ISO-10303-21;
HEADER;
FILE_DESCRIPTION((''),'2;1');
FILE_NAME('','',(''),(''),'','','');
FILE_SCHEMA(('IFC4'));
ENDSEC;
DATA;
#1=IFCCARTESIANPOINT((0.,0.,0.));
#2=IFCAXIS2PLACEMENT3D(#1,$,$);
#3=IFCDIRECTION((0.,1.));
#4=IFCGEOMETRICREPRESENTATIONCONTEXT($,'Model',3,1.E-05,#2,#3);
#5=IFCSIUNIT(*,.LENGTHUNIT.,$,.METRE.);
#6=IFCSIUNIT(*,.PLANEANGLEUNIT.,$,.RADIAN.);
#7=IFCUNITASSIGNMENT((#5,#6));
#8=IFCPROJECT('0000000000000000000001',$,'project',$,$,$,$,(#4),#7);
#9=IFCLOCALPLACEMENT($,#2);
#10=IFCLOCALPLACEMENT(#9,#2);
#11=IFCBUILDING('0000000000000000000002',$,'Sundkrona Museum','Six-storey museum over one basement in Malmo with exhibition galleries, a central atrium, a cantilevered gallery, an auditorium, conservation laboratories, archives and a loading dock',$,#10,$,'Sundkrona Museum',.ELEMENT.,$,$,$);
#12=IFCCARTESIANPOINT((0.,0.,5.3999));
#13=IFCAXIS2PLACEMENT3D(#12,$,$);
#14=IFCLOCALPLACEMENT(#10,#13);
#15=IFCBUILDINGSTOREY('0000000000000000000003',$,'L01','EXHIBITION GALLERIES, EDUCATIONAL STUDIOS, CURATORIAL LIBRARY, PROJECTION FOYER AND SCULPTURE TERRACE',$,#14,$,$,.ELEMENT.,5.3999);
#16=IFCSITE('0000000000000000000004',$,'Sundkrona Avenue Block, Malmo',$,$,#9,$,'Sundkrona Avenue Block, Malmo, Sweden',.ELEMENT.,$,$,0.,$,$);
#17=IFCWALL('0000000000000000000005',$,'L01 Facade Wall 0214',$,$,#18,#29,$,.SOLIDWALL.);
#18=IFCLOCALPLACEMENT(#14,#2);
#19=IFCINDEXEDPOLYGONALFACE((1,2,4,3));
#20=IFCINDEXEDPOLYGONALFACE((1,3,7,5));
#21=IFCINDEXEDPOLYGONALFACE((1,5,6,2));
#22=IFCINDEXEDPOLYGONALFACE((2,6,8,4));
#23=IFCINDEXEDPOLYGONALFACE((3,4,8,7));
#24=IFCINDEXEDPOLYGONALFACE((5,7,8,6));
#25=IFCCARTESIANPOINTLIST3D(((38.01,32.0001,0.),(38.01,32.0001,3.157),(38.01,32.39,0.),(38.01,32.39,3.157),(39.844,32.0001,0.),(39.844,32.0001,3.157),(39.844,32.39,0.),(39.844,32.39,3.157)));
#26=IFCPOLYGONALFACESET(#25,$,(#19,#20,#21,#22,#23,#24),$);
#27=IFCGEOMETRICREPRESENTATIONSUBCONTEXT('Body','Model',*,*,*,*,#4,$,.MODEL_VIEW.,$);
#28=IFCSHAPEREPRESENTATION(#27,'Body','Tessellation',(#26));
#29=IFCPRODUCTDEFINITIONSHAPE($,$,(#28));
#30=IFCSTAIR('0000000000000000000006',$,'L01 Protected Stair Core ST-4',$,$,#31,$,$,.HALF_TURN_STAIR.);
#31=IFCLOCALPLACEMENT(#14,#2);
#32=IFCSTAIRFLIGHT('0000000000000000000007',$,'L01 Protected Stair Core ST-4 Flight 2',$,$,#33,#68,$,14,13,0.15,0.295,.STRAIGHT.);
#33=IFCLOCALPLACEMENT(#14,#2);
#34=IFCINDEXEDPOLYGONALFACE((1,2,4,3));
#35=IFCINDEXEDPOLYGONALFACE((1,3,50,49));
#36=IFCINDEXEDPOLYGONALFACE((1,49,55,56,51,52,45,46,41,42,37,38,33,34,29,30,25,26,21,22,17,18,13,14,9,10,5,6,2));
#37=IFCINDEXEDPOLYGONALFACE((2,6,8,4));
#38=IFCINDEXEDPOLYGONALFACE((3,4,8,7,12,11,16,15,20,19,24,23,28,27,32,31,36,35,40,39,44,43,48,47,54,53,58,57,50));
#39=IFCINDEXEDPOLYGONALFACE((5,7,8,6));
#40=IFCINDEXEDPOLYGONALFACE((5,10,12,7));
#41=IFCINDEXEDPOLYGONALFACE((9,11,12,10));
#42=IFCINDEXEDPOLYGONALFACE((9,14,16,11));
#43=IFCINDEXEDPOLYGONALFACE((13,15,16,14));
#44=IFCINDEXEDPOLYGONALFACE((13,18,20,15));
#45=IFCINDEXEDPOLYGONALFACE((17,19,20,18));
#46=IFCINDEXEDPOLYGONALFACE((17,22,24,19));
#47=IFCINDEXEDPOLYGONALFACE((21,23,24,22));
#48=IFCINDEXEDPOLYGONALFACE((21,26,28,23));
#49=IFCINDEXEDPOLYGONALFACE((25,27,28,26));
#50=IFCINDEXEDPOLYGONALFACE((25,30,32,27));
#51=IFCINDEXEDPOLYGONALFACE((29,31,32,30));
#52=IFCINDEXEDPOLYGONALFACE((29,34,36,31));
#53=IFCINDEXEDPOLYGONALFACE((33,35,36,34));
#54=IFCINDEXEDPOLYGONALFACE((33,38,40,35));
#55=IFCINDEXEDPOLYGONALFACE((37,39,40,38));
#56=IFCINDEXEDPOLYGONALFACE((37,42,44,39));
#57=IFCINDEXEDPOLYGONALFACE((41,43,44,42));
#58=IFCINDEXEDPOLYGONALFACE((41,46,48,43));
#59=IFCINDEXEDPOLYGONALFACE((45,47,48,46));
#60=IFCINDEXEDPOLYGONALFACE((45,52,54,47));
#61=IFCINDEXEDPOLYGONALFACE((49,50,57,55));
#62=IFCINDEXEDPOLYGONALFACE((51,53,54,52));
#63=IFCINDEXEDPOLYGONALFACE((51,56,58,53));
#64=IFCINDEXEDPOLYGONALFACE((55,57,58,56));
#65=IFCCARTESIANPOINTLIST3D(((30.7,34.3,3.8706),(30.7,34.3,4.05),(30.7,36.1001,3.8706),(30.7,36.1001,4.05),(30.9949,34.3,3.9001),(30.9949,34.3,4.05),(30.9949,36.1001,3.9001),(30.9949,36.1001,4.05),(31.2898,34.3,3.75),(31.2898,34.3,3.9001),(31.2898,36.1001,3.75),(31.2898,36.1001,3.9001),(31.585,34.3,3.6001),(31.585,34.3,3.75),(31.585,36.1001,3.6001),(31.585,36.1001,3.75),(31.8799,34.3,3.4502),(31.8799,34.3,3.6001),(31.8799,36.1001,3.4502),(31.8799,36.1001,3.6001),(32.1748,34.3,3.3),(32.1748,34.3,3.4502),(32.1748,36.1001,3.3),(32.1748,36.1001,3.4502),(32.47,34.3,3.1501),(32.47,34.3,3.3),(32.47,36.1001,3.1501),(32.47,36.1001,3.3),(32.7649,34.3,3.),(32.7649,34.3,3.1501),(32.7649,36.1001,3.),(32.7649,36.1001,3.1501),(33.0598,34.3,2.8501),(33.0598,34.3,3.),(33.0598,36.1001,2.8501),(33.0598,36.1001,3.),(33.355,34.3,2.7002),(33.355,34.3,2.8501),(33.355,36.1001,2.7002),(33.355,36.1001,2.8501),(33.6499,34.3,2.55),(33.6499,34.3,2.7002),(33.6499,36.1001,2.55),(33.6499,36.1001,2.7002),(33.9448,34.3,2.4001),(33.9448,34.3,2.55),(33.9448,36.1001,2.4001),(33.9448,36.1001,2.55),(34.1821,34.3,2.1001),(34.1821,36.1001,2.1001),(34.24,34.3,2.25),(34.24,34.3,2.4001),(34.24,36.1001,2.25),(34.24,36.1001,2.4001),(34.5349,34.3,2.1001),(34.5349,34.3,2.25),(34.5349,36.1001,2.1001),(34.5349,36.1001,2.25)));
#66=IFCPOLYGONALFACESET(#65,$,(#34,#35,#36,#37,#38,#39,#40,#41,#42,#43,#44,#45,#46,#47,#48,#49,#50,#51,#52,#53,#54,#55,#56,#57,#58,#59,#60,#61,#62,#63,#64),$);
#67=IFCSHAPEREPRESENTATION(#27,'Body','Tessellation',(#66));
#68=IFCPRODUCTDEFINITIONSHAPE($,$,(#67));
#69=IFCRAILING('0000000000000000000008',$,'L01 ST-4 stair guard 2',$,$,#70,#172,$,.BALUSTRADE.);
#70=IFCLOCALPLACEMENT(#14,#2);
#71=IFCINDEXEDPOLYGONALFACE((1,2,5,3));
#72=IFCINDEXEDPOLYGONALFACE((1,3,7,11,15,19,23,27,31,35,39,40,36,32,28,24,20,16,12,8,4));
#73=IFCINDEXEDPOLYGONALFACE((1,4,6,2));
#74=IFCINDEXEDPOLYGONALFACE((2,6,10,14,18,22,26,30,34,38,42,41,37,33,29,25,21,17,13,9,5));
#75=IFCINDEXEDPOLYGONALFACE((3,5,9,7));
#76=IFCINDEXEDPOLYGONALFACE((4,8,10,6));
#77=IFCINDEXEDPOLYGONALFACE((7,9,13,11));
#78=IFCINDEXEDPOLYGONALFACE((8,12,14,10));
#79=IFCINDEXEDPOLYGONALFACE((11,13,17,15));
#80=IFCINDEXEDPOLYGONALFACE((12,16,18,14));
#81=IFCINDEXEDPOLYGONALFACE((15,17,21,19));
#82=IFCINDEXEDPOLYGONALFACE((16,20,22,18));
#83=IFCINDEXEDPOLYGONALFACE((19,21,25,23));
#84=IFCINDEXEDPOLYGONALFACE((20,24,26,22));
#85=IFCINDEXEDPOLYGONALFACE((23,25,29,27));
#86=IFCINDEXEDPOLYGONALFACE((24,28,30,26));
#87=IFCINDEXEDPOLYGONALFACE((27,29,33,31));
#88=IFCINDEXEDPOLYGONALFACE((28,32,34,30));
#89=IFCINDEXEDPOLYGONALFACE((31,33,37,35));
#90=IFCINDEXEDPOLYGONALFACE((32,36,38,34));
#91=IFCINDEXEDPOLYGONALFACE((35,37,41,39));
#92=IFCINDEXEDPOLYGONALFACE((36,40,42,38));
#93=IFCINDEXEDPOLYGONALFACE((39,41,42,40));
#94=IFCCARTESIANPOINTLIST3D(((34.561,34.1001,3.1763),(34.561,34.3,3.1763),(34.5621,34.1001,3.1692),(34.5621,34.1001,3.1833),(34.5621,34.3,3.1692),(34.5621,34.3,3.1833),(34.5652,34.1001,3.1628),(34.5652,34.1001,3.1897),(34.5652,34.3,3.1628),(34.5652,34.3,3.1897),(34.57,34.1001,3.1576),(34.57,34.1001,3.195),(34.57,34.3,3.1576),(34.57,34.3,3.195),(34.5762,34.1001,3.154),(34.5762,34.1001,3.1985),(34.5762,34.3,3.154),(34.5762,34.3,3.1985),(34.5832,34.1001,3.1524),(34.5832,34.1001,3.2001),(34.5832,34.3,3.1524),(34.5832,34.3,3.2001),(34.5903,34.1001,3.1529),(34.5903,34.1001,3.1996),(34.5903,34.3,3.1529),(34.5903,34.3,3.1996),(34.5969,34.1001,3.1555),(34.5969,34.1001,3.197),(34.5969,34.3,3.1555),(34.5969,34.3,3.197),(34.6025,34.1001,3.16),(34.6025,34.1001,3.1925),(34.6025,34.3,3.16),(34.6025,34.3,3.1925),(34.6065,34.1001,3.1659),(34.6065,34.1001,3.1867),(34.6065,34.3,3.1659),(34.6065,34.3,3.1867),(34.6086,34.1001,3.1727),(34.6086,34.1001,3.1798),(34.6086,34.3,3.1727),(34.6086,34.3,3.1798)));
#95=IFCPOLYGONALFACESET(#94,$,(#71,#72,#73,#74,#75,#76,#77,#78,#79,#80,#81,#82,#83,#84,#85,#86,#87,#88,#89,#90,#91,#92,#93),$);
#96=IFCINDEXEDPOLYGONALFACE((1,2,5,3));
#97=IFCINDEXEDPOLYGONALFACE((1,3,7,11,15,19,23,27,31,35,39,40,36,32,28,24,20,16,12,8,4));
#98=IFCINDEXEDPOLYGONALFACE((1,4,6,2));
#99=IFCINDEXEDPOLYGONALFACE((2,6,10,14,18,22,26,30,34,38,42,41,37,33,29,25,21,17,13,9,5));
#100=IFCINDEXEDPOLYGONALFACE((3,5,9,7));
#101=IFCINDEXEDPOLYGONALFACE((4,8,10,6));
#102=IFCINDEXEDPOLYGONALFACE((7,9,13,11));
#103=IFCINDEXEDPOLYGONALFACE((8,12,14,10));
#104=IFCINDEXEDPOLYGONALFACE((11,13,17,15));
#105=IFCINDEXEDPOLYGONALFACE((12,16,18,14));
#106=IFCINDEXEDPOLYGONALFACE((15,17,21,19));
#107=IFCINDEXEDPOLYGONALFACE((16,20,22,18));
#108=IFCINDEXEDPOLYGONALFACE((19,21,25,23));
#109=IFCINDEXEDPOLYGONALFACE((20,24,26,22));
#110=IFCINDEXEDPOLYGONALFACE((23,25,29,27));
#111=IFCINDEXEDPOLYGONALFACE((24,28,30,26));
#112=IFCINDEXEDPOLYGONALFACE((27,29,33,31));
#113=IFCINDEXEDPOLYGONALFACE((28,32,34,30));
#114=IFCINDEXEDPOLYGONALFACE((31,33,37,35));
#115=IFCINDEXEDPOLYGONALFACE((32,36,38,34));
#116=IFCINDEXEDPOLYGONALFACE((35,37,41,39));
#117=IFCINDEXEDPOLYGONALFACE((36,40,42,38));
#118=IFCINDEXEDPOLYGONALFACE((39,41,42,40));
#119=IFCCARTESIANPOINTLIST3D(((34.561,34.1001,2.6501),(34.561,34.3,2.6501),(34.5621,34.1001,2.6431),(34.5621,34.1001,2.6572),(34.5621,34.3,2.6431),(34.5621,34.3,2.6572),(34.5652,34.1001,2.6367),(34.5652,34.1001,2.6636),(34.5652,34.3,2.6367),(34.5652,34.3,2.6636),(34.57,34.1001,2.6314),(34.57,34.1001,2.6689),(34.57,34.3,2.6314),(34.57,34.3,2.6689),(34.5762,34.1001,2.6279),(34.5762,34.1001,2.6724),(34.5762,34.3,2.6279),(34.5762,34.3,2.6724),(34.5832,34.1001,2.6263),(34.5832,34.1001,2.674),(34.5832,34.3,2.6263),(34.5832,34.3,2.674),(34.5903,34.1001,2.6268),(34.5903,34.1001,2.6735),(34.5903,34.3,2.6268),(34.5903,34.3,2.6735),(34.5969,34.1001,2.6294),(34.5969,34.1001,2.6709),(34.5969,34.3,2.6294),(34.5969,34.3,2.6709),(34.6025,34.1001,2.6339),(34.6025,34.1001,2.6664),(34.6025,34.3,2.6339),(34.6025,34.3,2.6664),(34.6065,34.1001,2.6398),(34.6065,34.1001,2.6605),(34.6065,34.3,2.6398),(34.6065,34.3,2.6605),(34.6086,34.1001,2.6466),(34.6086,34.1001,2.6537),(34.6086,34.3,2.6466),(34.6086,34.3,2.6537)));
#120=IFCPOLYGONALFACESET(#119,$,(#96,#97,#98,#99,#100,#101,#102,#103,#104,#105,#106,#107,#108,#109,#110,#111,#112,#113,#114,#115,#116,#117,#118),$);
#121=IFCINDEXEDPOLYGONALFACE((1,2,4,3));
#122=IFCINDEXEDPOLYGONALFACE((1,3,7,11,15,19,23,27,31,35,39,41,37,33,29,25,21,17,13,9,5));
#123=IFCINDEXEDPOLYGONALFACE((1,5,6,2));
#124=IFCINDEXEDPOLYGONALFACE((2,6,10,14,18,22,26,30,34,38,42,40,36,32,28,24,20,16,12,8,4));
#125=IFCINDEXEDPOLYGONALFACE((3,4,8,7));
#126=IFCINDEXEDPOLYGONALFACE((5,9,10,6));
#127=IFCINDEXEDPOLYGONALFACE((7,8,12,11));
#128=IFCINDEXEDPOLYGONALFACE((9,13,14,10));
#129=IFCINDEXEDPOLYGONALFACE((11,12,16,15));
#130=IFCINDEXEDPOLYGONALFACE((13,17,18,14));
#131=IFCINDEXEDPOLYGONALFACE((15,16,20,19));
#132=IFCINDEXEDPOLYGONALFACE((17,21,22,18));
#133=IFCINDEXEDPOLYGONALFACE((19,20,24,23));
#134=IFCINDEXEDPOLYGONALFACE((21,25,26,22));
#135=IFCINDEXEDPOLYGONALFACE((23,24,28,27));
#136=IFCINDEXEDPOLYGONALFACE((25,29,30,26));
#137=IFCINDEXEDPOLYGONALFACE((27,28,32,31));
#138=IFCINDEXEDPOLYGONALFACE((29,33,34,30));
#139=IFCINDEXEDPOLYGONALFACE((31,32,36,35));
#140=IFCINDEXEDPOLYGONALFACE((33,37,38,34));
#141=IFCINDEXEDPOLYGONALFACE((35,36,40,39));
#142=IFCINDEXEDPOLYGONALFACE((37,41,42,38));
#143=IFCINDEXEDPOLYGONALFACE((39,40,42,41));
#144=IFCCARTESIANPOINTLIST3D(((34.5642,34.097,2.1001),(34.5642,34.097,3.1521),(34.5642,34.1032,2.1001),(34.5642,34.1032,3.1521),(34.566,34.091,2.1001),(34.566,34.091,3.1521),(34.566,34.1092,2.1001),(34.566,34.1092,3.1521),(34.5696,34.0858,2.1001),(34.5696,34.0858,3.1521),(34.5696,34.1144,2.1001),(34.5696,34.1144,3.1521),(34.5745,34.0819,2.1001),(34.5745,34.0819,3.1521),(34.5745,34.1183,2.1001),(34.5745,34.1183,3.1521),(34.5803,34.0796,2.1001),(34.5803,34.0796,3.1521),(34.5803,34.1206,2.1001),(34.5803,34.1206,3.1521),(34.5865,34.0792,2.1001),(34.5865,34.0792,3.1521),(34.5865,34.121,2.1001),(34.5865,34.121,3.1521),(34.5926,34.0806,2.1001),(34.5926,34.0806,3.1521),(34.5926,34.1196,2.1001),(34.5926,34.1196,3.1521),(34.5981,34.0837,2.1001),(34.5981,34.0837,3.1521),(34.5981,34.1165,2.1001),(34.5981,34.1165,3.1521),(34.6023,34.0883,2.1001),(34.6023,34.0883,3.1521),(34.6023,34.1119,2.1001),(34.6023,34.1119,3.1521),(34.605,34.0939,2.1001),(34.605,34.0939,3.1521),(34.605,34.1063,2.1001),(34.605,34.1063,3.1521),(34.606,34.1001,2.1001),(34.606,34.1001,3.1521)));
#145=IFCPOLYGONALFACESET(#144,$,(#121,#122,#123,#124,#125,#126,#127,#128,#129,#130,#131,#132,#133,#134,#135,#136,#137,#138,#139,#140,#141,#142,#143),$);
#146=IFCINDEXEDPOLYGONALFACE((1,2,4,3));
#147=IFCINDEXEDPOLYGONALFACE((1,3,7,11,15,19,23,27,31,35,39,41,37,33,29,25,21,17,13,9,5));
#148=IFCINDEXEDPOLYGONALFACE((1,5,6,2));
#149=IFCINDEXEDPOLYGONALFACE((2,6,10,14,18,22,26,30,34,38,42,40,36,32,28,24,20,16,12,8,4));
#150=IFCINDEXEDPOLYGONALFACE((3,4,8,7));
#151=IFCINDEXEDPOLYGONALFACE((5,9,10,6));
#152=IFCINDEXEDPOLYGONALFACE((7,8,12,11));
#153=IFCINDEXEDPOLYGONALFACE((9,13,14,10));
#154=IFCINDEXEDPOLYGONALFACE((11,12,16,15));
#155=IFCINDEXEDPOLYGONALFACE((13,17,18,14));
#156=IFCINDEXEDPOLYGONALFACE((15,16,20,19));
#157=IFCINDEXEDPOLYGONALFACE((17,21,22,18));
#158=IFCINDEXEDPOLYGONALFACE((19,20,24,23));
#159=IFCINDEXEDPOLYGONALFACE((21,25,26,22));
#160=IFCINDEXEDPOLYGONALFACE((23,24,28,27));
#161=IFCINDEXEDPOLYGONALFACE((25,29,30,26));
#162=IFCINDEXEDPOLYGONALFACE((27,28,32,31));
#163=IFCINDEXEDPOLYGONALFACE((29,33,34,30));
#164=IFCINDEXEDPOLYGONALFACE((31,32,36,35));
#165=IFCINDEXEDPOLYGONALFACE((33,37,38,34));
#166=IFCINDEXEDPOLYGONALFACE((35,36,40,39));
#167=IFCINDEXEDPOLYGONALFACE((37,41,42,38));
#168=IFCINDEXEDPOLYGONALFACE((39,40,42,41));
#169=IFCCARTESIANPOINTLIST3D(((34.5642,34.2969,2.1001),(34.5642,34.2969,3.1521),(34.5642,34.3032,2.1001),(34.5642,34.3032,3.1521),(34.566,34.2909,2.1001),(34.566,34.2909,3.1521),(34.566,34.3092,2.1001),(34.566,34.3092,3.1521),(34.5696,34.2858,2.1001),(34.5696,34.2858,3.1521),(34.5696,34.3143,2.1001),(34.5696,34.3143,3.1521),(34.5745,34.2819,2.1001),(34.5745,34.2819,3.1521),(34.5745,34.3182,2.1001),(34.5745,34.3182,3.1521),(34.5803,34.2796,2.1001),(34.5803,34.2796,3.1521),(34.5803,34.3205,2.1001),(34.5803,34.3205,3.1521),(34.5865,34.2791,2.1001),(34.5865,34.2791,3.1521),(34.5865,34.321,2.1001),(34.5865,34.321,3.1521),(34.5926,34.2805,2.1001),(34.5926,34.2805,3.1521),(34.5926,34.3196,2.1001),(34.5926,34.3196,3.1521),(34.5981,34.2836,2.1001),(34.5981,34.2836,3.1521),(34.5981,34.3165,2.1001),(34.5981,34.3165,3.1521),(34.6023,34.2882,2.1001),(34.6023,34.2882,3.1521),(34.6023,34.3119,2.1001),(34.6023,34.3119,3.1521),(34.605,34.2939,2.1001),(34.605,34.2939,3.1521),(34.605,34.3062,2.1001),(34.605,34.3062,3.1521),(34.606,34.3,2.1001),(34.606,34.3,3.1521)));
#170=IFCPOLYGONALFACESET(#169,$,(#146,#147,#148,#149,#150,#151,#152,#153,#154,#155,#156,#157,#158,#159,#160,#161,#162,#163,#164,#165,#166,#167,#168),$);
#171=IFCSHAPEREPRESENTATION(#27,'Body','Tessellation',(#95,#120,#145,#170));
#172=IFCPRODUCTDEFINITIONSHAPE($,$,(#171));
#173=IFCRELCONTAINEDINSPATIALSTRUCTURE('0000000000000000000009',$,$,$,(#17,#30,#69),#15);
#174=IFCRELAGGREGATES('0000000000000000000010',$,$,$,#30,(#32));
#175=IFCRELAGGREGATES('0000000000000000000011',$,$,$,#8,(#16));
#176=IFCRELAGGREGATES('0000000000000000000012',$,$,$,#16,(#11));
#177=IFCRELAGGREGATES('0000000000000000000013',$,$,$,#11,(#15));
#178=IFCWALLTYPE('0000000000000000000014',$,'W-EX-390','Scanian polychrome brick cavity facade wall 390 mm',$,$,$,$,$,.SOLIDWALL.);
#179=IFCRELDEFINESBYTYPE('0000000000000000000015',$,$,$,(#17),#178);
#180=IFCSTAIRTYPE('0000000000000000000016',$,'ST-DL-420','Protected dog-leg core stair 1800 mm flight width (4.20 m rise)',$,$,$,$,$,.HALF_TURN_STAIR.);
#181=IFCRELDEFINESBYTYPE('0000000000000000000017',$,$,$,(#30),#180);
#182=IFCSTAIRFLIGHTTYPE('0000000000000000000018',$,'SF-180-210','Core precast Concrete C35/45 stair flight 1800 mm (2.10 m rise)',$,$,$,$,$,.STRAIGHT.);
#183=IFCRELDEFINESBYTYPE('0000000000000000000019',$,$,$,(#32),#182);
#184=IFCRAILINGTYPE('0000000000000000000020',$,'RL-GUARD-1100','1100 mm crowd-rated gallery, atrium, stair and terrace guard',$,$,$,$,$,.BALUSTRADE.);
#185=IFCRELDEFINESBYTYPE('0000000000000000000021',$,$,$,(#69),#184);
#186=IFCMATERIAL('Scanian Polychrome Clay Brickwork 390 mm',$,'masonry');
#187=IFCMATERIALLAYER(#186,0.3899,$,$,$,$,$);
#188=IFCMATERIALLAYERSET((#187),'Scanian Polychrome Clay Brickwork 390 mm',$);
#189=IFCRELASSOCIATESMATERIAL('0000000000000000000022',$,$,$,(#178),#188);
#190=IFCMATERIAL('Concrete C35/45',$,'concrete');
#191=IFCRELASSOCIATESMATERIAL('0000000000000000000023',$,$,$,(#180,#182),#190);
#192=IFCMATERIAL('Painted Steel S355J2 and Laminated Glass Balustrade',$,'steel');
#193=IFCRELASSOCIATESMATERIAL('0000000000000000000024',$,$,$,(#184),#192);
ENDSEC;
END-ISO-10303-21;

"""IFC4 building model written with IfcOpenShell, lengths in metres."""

from ifc_helpers import new_model, si_unit, direction, frame, frame_2d, origin, origin_2d, place, context, subcontext, project, spatial, polyline, rectangle, circle, outline, extrude, material, layer, layer_set, type_object, element, aggregate, save


model = new_model("IFC4")

# Units and contexts
model_context = context("Model", 3, precision=1e-05, world=origin(), true_north=direction((0.0, 1.0)))
body_context = subcontext(model_context, "Body", "Model", "MODEL_VIEW")
ifc_project = project(units=[si_unit("LENGTHUNIT", "METRE"), si_unit("PLANEANGLEUNIT", "RADIAN")], contexts=[model_context])

# Site, building, storey
site_placement = place(None, origin())
site = spatial("IfcSite", under=ifc_project, at=site_placement, Name="Sundkrona Avenue Block, Malmo", LongName="Sundkrona Avenue Block, Malmo, Sweden", CompositionType="ELEMENT", RefElevation=0.0)
building_placement = place(site_placement, origin())
building = spatial("IfcBuilding", under=site, at=building_placement, Name="Sundkrona Museum", Description="Six-storey museum over one basement in Malmo with exhibition galleries, a central atrium, a cantilevered gallery, an auditorium, conservation laboratories, archives and a loading dock", LongName="Sundkrona Museum", CompositionType="ELEMENT")
storey_placement = place(building_placement, frame((0.0, 0.0, 5.3999)))
storey = spatial("IfcBuildingStorey", under=building, at=storey_placement, Name="L01", Description="EXHIBITION GALLERIES, EDUCATIONAL STUDIOS, CURATORIAL LIBRARY, PROJECTION FOYER AND SCULPTURE TERRACE", CompositionType="ELEMENT", Elevation=5.3999)

# Wall
ifc_material_1 = material(Name="Scanian Polychrome Clay Brickwork 390 mm", Category="masonry")
ifc_layer_1 = layer(ifc_material_1, 0.3899)
ifc_layer_set_1 = layer_set([ifc_layer_1], Name="Scanian Polychrome Clay Brickwork 390 mm")
wall_type_1 = type_object("IfcWallType", Name="W-EX-390", Description="Scanian polychrome brick cavity facade wall 390 mm", PredefinedType="SOLIDWALL", material=ifc_layer_set_1)
wall_1_placement = place(storey_placement, frame((39.844, 32.1951, 0.0), z_axis=(0.0, 0.0, 1.0), x_axis=(-1.0, 0.0, 0.0)))
element("IfcWall", 1, at=wall_1_placement, inside=storey, type_object=wall_type_1, Name="L01 Facade Wall 0214", PredefinedType="SOLIDWALL", context=body_context, shape_type="SweptSolid", body=[
    extrude(rectangle(XDim=1.834, YDim=0.3899, at=frame_2d((0.917, 0.0))), origin(), (0.0, 0.0, 1.0), 3.157),
])

# Stair, stair flight
ifc_material_2 = material(Name="Concrete C35/45", Category="concrete")
stair_type = type_object("IfcStairType", Name="ST-DL-420", Description="Protected dog-leg core stair 1800 mm flight width (4.20 m rise)", PredefinedType="HALF_TURN_STAIR", material=ifc_material_2)
stair_placement = place(storey_placement, origin())
stair = element("IfcStair", 2, at=stair_placement, inside=storey, type_object=stair_type, Name="L01 Protected Stair Core ST-4", PredefinedType="HALF_TURN_STAIR")
stair_flight_type = type_object("IfcStairFlightType", Name="SF-180-210", Description="Core precast Concrete C35/45 stair flight 1800 mm (2.10 m rise)", PredefinedType="STRAIGHT", material=ifc_material_2)
stair_flight_placement = place(storey_placement, frame((34.5349, 35.2, 2.1001), z_axis=(0.0, 0.0, 1.0), x_axis=(-1.0, 0.0, 0.0)))
stair_flight = element("IfcStairFlight", 3, at=stair_flight_placement, type_object=stair_flight_type, Name="L01 Protected Stair Core ST-4 Flight 2", NumberOfRisers=14, NumberOfTreads=13, PredefinedType="STRAIGHT", RiserHeight=0.15, TreadLength=0.295, context=body_context, shape_type="SweptSolid", body=[
    extrude(outline(polyline([(0.0, 0.0), (0.0, 0.1499), (0.2949, 0.1499), (0.2949, 0.3), (0.5901, 0.3), (0.5901, 0.45), (0.885, 0.45), (0.885, 0.6001), (1.1799, 0.6001), (1.1799, 0.75), (1.4751, 0.75), (1.4751, 0.8999), (1.77, 0.8999), (1.77, 1.05), (2.0649, 1.05), (2.0649, 1.2), (2.3601, 1.2), (2.3601, 1.3501), (2.655, 1.3501), (2.655, 1.5), (2.95, 1.5), (2.95, 1.6499), (3.2451, 1.6499), (3.2451, 1.8), (3.54, 1.8), (3.54, 1.95), (3.835, 1.95), (3.835, 2.1001), (3.835, 1.7705), (0.3528, 0.0), (0.0, 0.0)])), frame((0.0, 0.8999, 0.0), z_axis=(0.0, -1.0, 0.0), x_axis=(1.0, 0.0, 0.0)), (0.0, 0.0, 1.0), 1.8),
])
aggregate(stair, [stair_flight])

# Railing
ifc_material_3 = material(Name="Painted Steel S355J2 and Laminated Glass Balustrade", Category="steel")
railing_type = type_object("IfcRailingType", Name="RL-GUARD-1100", Description="1100 mm crowd-rated gallery, atrium, stair and terrace guard", PredefinedType="BALUSTRADE", material=ifc_material_3)
railing_1_placement = place(storey_placement, frame((34.585, 34.1001, 2.1001)))
element("IfcRailing", 4, at=railing_1_placement, inside=storey, type_object=railing_type, Name="L01 ST-4 stair guard 2", PredefinedType="BALUSTRADE", context=body_context, shape_type="SweptSolid", body=[
    extrude(circle(Radius=0.0239, at=origin_2d()), frame((0.0, 0.0, 1.0762), z_axis=(0.0, 1.0, 0.0), x_axis=(-1.0, 0.0, 0.0)), (0.0, 0.0, 1.0), 0.2),
    extrude(circle(Radius=0.0239, at=origin_2d()), frame((0.0, 0.0, 0.55), z_axis=(0.0, 1.0, 0.0), x_axis=(-1.0, 0.0, 0.0)), (0.0, 0.0, 1.0), 0.2),
    extrude(circle(Radius=0.021, at=origin_2d()), origin(), (0.0, 0.0, 1.0), 1.052),
    extrude(circle(Radius=0.021, at=origin_2d()), frame((0.0, 0.2, 0.0)), (0.0, 0.0, 1.0), 1.052),
])

save(model, "model.ifc")
